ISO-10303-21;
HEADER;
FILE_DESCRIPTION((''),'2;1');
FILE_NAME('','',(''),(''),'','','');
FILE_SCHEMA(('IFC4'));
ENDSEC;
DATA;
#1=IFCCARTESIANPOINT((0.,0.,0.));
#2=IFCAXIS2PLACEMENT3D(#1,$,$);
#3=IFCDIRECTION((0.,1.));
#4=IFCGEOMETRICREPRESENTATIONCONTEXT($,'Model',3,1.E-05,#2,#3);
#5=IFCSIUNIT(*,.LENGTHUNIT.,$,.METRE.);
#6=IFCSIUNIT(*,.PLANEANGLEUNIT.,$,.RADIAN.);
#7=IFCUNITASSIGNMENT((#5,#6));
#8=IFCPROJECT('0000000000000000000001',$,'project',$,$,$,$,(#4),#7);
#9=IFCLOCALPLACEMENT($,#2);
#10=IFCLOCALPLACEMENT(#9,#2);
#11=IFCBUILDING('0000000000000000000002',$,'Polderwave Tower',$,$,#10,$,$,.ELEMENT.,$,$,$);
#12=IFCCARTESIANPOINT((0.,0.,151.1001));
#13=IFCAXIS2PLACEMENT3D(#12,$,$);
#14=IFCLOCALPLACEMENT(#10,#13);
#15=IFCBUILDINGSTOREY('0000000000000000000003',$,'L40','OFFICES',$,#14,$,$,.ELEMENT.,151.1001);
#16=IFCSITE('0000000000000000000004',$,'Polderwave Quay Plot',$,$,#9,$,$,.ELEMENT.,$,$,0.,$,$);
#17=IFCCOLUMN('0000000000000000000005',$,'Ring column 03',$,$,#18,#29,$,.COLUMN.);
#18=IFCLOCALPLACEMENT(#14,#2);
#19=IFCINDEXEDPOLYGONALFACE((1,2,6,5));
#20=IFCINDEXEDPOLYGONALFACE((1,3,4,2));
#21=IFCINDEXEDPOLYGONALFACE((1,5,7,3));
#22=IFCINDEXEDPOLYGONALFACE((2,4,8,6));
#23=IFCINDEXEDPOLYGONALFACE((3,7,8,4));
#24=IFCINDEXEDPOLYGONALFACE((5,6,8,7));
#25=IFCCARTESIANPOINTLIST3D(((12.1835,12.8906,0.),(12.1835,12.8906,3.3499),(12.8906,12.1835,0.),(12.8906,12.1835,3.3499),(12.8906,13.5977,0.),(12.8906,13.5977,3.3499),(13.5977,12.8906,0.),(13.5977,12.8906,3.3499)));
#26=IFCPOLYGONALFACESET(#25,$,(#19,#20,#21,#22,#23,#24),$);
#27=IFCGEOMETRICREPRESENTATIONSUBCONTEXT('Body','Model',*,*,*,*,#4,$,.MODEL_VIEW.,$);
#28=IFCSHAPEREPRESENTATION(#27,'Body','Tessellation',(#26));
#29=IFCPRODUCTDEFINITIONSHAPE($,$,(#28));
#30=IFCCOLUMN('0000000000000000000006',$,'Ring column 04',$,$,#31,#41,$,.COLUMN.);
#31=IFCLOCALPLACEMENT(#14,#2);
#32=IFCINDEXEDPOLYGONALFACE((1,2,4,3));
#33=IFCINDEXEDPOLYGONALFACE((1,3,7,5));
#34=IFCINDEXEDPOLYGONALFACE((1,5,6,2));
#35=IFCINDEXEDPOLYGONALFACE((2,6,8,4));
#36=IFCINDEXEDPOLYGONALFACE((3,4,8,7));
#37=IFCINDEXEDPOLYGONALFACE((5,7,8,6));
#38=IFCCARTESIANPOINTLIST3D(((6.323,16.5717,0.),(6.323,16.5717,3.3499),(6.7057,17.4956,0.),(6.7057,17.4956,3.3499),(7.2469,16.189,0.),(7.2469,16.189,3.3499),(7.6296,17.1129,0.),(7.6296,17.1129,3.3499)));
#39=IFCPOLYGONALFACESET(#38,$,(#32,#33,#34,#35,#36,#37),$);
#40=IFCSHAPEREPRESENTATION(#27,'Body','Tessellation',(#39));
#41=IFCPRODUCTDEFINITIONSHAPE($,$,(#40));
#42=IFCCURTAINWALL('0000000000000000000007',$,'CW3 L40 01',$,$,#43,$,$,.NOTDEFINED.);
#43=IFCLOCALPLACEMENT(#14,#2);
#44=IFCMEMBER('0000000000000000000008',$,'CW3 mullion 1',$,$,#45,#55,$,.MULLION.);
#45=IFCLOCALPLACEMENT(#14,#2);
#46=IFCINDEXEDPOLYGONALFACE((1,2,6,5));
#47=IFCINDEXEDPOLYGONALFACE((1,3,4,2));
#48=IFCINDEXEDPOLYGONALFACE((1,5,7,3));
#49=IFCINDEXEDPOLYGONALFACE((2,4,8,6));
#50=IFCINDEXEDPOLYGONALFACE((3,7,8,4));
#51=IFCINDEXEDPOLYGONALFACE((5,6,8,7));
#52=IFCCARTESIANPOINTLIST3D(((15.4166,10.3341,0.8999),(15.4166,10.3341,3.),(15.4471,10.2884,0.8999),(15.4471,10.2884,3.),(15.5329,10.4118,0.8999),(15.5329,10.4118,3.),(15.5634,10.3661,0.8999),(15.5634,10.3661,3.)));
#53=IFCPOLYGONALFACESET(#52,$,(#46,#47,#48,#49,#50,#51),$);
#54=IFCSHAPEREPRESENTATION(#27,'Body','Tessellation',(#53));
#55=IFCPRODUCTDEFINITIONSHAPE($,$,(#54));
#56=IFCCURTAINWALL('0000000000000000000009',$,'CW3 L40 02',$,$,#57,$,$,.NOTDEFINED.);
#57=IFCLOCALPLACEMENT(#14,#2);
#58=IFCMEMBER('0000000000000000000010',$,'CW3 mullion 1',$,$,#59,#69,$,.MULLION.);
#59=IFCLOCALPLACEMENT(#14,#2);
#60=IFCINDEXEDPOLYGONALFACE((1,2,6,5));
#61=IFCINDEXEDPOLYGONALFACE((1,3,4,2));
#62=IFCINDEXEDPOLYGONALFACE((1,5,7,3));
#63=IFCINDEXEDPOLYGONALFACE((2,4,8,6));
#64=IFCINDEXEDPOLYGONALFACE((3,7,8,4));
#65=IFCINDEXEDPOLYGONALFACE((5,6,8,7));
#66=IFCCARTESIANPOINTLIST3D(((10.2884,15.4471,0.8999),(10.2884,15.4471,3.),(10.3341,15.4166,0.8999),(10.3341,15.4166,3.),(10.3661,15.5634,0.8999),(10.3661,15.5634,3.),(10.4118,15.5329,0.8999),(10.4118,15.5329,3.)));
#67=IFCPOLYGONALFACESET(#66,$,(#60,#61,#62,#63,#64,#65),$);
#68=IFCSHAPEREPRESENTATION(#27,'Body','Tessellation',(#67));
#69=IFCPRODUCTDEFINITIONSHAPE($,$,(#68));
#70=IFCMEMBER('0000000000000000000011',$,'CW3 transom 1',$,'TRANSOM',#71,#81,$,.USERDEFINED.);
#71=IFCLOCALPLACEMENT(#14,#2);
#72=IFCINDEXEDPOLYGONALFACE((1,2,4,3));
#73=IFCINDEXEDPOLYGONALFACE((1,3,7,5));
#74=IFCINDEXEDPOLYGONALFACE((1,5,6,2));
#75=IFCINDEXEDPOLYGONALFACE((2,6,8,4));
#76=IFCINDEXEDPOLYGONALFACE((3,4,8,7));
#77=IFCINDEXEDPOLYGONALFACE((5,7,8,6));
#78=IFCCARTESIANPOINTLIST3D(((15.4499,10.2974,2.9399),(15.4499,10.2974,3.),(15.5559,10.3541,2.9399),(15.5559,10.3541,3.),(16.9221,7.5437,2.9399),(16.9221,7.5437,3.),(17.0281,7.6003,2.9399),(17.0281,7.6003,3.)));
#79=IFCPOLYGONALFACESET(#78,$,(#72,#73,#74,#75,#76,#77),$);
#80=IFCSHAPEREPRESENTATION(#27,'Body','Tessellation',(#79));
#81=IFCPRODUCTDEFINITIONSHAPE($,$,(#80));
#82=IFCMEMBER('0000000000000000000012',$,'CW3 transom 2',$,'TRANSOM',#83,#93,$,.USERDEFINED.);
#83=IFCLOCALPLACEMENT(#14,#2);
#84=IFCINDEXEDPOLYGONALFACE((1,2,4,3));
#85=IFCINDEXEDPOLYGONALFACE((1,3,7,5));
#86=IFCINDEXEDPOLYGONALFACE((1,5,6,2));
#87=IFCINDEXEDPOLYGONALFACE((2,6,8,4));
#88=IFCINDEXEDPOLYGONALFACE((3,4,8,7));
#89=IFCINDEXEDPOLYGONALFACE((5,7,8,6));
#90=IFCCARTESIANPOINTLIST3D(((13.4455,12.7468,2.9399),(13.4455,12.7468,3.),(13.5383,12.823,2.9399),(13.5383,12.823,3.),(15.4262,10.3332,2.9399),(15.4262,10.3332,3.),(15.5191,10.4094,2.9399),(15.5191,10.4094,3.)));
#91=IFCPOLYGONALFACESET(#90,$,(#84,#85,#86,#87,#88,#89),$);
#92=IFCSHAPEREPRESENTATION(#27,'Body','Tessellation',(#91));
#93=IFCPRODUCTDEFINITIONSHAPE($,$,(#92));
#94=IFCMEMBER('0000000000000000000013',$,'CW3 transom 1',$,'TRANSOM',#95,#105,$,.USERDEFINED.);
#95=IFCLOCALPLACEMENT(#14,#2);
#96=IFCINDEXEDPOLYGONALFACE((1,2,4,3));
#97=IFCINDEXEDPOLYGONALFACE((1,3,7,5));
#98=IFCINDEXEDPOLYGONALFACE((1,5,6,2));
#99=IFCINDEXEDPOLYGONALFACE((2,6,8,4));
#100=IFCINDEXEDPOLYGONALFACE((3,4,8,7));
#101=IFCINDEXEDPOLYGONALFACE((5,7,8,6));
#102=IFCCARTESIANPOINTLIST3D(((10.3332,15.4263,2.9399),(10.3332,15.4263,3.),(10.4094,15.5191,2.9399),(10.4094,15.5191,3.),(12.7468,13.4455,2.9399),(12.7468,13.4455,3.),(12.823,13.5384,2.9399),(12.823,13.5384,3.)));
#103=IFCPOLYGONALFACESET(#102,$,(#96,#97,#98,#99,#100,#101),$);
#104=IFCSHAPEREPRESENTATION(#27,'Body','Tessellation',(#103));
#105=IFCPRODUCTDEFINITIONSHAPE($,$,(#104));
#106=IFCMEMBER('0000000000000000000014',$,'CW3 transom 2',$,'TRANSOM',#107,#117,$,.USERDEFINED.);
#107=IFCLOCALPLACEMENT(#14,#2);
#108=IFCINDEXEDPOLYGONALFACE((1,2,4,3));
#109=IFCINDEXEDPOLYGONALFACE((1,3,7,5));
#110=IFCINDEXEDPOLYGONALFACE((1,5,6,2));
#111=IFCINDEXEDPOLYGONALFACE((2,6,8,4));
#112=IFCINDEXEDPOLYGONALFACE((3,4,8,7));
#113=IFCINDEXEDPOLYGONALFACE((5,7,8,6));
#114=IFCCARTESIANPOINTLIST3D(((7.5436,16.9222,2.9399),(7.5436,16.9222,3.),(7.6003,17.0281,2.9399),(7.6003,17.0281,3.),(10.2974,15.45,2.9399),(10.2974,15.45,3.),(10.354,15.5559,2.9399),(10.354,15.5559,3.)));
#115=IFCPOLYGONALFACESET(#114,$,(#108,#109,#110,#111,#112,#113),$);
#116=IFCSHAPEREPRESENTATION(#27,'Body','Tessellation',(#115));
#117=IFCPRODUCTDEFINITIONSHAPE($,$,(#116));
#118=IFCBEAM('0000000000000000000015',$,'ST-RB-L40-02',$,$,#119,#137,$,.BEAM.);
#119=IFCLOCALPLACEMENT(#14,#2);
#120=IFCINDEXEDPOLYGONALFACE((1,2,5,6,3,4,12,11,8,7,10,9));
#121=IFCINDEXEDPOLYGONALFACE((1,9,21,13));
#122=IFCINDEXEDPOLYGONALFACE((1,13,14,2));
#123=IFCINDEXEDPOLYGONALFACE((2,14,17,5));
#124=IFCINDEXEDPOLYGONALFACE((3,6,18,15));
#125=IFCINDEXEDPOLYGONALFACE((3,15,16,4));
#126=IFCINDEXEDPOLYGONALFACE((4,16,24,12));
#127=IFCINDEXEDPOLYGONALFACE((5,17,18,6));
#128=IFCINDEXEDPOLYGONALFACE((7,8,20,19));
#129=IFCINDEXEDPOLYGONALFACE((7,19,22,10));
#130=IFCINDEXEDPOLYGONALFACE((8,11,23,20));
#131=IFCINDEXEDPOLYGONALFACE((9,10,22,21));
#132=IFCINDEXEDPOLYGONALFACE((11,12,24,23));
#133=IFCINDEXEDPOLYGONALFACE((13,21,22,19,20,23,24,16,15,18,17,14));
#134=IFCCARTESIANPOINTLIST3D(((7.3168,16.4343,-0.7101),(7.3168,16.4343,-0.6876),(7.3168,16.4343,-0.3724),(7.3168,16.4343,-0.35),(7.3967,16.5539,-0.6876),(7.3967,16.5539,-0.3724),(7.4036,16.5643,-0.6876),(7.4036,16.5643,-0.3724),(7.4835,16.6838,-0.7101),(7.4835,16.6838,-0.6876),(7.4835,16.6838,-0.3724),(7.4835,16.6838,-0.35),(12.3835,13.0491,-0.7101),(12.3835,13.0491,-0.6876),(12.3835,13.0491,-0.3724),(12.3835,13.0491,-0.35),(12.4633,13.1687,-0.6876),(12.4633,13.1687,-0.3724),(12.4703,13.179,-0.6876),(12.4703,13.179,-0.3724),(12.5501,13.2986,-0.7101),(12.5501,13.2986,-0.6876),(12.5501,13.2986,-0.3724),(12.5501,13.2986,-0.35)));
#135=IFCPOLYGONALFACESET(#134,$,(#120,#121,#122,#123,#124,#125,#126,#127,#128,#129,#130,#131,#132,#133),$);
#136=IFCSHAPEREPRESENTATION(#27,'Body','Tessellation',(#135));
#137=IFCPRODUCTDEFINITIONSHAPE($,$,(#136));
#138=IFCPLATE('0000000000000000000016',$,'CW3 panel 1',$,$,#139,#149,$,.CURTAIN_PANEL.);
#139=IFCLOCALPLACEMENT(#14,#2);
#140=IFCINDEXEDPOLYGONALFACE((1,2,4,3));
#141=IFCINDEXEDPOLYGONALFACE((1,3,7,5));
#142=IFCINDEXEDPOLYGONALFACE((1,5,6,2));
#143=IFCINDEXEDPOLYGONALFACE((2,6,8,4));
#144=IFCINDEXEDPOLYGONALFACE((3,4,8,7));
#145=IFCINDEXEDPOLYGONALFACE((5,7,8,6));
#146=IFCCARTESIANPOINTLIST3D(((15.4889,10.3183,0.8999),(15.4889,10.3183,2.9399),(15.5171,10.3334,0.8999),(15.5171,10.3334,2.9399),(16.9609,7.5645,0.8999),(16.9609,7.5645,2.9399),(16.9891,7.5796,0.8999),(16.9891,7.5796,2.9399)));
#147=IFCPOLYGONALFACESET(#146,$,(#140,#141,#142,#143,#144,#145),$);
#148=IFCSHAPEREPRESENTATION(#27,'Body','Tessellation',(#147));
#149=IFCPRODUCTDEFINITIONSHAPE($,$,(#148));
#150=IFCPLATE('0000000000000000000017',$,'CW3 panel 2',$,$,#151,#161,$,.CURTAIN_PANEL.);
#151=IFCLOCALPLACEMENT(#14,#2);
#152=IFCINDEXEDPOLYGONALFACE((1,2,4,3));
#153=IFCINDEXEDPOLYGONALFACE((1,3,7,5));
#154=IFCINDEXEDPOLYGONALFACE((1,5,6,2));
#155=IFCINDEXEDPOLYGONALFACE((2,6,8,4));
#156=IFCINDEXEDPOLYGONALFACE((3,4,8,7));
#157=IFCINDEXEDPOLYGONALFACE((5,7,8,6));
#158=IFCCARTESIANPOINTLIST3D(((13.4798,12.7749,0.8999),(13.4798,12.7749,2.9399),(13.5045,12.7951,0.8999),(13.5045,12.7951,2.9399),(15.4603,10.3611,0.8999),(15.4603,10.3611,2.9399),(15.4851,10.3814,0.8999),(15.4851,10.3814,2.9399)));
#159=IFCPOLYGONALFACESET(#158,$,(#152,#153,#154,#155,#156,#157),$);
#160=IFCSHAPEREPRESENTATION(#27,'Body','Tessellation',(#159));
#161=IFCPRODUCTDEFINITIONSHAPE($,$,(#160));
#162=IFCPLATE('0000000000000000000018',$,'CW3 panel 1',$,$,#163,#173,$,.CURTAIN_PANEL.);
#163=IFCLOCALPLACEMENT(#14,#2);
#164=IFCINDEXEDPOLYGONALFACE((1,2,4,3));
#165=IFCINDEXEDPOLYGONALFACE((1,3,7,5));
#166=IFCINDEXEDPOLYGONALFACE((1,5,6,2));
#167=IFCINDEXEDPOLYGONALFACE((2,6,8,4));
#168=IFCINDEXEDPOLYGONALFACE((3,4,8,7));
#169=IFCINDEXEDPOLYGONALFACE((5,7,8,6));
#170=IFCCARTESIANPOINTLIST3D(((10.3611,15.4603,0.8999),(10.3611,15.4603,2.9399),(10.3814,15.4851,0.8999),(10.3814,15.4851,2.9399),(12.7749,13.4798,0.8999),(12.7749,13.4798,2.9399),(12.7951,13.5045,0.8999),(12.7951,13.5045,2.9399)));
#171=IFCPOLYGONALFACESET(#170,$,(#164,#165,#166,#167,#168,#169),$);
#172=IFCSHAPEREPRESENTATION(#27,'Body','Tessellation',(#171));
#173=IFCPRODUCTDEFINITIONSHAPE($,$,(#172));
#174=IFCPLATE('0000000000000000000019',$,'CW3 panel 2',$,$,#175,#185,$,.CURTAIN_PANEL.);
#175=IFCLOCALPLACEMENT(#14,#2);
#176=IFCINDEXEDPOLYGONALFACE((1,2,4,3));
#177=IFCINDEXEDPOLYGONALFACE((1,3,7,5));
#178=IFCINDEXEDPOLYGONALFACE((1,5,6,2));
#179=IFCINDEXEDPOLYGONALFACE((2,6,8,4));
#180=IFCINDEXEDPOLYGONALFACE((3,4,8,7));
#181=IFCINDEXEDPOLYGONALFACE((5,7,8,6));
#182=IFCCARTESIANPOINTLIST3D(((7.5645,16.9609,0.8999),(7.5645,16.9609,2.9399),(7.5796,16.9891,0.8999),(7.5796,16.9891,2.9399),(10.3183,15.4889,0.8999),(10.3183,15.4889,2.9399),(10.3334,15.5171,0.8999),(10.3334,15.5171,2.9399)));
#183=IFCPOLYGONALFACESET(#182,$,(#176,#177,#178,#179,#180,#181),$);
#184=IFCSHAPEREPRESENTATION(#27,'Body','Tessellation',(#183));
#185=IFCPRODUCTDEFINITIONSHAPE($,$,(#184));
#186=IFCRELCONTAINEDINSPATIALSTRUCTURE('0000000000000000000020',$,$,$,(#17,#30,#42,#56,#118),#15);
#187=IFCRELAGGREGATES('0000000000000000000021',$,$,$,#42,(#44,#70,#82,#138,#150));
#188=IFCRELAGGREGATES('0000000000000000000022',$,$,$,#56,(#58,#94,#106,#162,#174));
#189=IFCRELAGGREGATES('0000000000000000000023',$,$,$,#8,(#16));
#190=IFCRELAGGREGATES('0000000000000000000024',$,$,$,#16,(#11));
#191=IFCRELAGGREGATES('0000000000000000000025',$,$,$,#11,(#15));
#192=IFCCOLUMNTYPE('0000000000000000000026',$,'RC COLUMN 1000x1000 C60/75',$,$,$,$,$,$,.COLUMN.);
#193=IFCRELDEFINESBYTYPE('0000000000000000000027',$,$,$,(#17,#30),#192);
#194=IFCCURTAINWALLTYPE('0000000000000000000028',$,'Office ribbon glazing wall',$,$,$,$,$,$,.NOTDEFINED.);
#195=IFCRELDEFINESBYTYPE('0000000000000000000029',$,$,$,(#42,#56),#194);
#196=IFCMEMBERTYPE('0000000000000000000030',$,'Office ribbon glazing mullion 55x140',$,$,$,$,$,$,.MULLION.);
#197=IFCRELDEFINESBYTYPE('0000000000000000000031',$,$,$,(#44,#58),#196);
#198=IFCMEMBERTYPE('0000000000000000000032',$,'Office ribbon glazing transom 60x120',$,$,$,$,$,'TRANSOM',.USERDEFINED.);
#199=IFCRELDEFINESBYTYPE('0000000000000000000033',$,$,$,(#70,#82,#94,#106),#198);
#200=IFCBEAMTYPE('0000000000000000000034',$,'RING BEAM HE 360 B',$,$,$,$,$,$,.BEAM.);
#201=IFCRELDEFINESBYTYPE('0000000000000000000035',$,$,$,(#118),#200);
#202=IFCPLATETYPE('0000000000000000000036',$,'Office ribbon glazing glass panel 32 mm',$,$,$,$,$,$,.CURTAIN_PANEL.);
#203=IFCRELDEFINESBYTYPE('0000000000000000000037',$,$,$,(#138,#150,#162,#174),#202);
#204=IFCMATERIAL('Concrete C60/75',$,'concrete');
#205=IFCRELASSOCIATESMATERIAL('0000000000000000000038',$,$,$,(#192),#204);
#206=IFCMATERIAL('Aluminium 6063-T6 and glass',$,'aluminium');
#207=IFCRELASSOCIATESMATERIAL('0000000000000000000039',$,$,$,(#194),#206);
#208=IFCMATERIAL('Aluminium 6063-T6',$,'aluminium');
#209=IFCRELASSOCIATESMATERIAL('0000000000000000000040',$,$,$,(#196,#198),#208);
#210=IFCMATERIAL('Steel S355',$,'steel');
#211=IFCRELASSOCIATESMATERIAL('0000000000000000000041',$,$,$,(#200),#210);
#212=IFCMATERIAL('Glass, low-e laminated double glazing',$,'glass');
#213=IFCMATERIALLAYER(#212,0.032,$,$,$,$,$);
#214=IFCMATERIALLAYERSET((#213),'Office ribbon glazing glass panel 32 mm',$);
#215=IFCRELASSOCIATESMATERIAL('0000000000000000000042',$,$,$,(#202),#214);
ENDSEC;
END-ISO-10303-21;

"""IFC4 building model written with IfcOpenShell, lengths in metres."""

from ifc_helpers import new_model, si_unit, direction, frame, origin, origin_2d, place, context, subcontext, project, spatial, rectangle, i_section, extrude, material, layer, layer_set, material_profile, profile_set, type_object, element, aggregate, save


model = new_model("IFC4")

# Units and contexts
model_context = context("Model", 3, precision=1e-05, world=origin(), true_north=direction((0.0, 1.0)))
body_context = subcontext(model_context, "Body", "Model", "MODEL_VIEW")
ifc_project = project(units=[si_unit("LENGTHUNIT", "METRE"), si_unit("PLANEANGLEUNIT", "RADIAN")], contexts=[model_context])

# Site, building, storey
site_placement = place(None, origin())
site = spatial("IfcSite", under=ifc_project, at=site_placement, Name="Polderwave Quay Plot", CompositionType="ELEMENT", RefElevation=0.0)
building_placement = place(site_placement, origin())
building = spatial("IfcBuilding", under=site, at=building_placement, Name="Polderwave Tower", CompositionType="ELEMENT")
storey_placement = place(building_placement, frame((0.0, 0.0, 151.1001)))
storey = spatial("IfcBuildingStorey", under=building, at=storey_placement, Name="L40", Description="OFFICES", CompositionType="ELEMENT", Elevation=151.1001)

# Columns
ifc_material_1 = material(Name="Concrete C60/75", Category="concrete")
ifc_material_profile_1 = material_profile(ifc_material_1, rectangle(XDim=1.0, YDim=1.0, at=origin_2d()), Name="RC 1000x1000")
ifc_profile_set_1 = profile_set([ifc_material_profile_1], Name="Concrete C60/75")
column_type = type_object("IfcColumnType", Name="RC COLUMN 1000x1000 C60/75", PredefinedType="COLUMN", material=ifc_profile_set_1)
for number, where, z_axis, x_axis, name in (
    (1, (12.8906, 12.8906, 0.0), (0.0, 0.0, 1.0), (0.707107, 0.707107, 0.0), "Ring column 03"),
    (2, (6.9763, 16.8423, 0.0), (0.0, 0.0, 1.0), (0.382683, 0.92388, 0.0), "Ring column 04"),
):
    element("IfcColumn", number, at=place(storey_placement, frame(where, z_axis=z_axis, x_axis=x_axis)), inside=storey, type_object=column_type, Name=name, PredefinedType="COLUMN", context=body_context, shape_type="SweptSolid", body=[
        extrude(rectangle(XDim=1.0, YDim=1.0, at=origin_2d()), origin(), (0.0, 0.0, 1.0), 3.3499),
    ])

# Curtain walls, members
ifc_material_2 = material(Name="Aluminium 6063-T6 and glass", Category="aluminium")
curtain_wall_type = type_object("IfcCurtainWallType", Name="Office ribbon glazing wall", PredefinedType="NOTDEFINED", material=ifc_material_2)
curtain_wall_1_placement = place(storey_placement, origin())
curtain_wall_1 = element("IfcCurtainWall", 3, at=curtain_wall_1_placement, inside=storey, type_object=curtain_wall_type, Name="CW3 L40 01", PredefinedType="NOTDEFINED")
ifc_material_3 = material(Name="Aluminium 6063-T6", Category="aluminium")
ifc_material_profile_2 = material_profile(ifc_material_3, rectangle(XDim=0.1399, YDim=0.0549, at=origin_2d()), Name="AL 55x140")
ifc_profile_set_2 = profile_set([ifc_material_profile_2], Name="Aluminium 6063-T6")
member_type_1 = type_object("IfcMemberType", Name="Office ribbon glazing mullion 55x140", PredefinedType="MULLION", material=ifc_profile_set_2)
member_1_placement = place(storey_placement, frame((15.49, 10.3501, 0.8999), z_axis=(0.0, 0.0, 1.0), x_axis=(-0.831484, -0.555548, 0.0)))
member_1 = element("IfcMember", 4, at=member_1_placement, type_object=member_type_1, Name="CW3 mullion 1", PredefinedType="MULLION", context=body_context, shape_type="SweptSolid", body=[
    extrude(rectangle(XDim=0.1399, YDim=0.0549, at=origin_2d()), origin(), (0.0, 0.0, 1.0), 2.1001),
])
curtain_wall_2_placement = place(storey_placement, origin())
curtain_wall_2 = element("IfcCurtainWall", 5, at=curtain_wall_2_placement, inside=storey, type_object=curtain_wall_type, Name="CW3 L40 02", PredefinedType="NOTDEFINED")
member_2_placement = place(storey_placement, frame((10.3501, 15.49, 0.8999), z_axis=(0.0, 0.0, 1.0), x_axis=(-0.555548, -0.831484, 0.0)))
member_2 = element("IfcMember", 6, at=member_2_placement, type_object=member_type_1, Name="CW3 mullion 1", PredefinedType="MULLION", context=body_context, shape_type="SweptSolid", body=[
    extrude(rectangle(XDim=0.1399, YDim=0.0549, at=origin_2d()), origin(), (0.0, 0.0, 1.0), 2.1001),
])

# Members
ifc_material_profile_3 = material_profile(ifc_material_3, rectangle(XDim=0.1201, YDim=0.0601, at=origin_2d()), Name="AL 60x120")
ifc_profile_set_3 = profile_set([ifc_material_profile_3], Name="Aluminium 6063-T6")
member_type_2 = type_object("IfcMemberType", Name="Office ribbon glazing transom 60x120", ElementType="TRANSOM", PredefinedType="USERDEFINED", material=ifc_profile_set_3)
member_3_placement = place(storey_placement, frame((16.9751, 7.572, 2.97), z_axis=(-0.471473, 0.881881, 0.0), x_axis=(-0.881881, -0.471473, 0.0)))
member_3 = element("IfcMember", 7, at=member_3_placement, type_object=member_type_2, Name="CW3 transom 1", ObjectType="TRANSOM", PredefinedType="USERDEFINED", context=body_context, shape_type="SweptSolid", body=[
    extrude(rectangle(XDim=0.1201, YDim=0.0601, at=origin_2d()), origin(), (0.0, 0.0, 1.0), 3.1226),
])
member_4_placement = place(storey_placement, frame((15.4727, 10.3713, 2.97), z_axis=(-0.634383, 0.773019, 0.0), x_axis=(-0.773019, -0.634383, 0.0)))
member_4 = element("IfcMember", 8, at=member_4_placement, type_object=member_type_2, Name="CW3 transom 2", ObjectType="TRANSOM", PredefinedType="USERDEFINED", context=body_context, shape_type="SweptSolid", body=[
    extrude(rectangle(XDim=0.1201, YDim=0.0601, at=origin_2d()), origin(), (0.0, 0.0, 1.0), 3.1223),
])
member_5_placement = place(storey_placement, frame((12.7849, 13.4919, 2.97), z_axis=(-0.773019, 0.634383, 0.0), x_axis=(-0.634383, -0.773019, 0.0)))
member_5 = element("IfcMember", 9, at=member_5_placement, type_object=member_type_2, Name="CW3 transom 1", ObjectType="TRANSOM", PredefinedType="USERDEFINED", context=body_context, shape_type="SweptSolid", body=[
    extrude(rectangle(XDim=0.1201, YDim=0.0601, at=origin_2d()), origin(), (0.0, 0.0, 1.0), 3.1223),
])
member_6_placement = place(storey_placement, frame((10.3257, 15.5029, 2.97), z_axis=(-0.881881, 0.471473, 0.0), x_axis=(-0.471473, -0.881881, 0.0)))
member_6 = element("IfcMember", 10, at=member_6_placement, type_object=member_type_2, Name="CW3 transom 2", ObjectType="TRANSOM", PredefinedType="USERDEFINED", context=body_context, shape_type="SweptSolid", body=[
    extrude(rectangle(XDim=0.1201, YDim=0.0601, at=origin_2d()), origin(), (0.0, 0.0, 1.0), 3.1226),
])

# Beam
ifc_material_4 = material(Name="Steel S355", Category="steel")
ifc_material_profile_4 = material_profile(ifc_material_4, i_section(OverallWidth=0.3, OverallDepth=0.3601, WebThickness=0.0125, FlangeThickness=0.0225, at=origin_2d()), Name="HE 360 B")
ifc_profile_set_4 = profile_set([ifc_material_profile_4], Name="Steel S355")
beam_type = type_object("IfcBeamType", Name="RING BEAM HE 360 B", PredefinedType="BEAM", material=ifc_profile_set_4)
beam_placement = place(storey_placement, frame((12.4668, 13.1738, -0.53), z_axis=(-0.831483, 0.555551, 0.0), x_axis=(-0.555551, -0.831483, 0.0)))
element("IfcBeam", 11, at=beam_placement, inside=storey, type_object=beam_type, Name="ST-RB-L40-02", PredefinedType="BEAM", context=body_context, shape_type="SweptSolid", body=[
    extrude(i_section(OverallWidth=0.3, OverallDepth=0.3601, WebThickness=0.0125, FlangeThickness=0.0225, at=origin_2d()), origin(), (0.0, 0.0, 1.0), 6.0935),
])

# Plates
ifc_material_5 = material(Name="Glass, low-e laminated double glazing", Category="glass")
ifc_layer_1 = layer(ifc_material_5, 0.032)
ifc_layer_set_1 = layer_set([ifc_layer_1], Name="Office ribbon glazing glass panel 32 mm")
plate_type = type_object("IfcPlateType", Name="Office ribbon glazing glass panel 32 mm", PredefinedType="CURTAIN_PANEL", material=ifc_layer_set_1)
plate_1_placement = place(storey_placement, frame((16.239, 8.949, 0.8999), z_axis=(0.0, 0.0, 1.0), x_axis=(-0.471429, 0.881904, 0.0)))
plate_1 = element("IfcPlate", 12, at=plate_1_placement, type_object=plate_type, Name="CW3 panel 1", PredefinedType="CURTAIN_PANEL", context=body_context, shape_type="SweptSolid", body=[
    extrude(rectangle(XDim=3.1226, YDim=0.032, at=origin_2d()), origin(), (0.0, 0.0, 1.0), 2.04),
])
plate_2_placement = place(storey_placement, frame((14.4824, 11.5781, 0.8999), z_axis=(0.0, 0.0, 1.0), x_axis=(-0.634326, 0.773066, 0.0)))
plate_2 = element("IfcPlate", 13, at=plate_2_placement, type_object=plate_type, Name="CW3 panel 2", PredefinedType="CURTAIN_PANEL", context=body_context, shape_type="SweptSolid", body=[
    extrude(rectangle(XDim=3.1223, YDim=0.032, at=origin_2d()), origin(), (0.0, 0.0, 1.0), 2.04),
])
aggregate(curtain_wall_1, [member_1, member_3, member_4, plate_1, plate_2])
plate_3_placement = place(storey_placement, frame((11.5781, 14.4824, 0.8999), z_axis=(0.0, 0.0, 1.0), x_axis=(-0.773066, 0.634326, 0.0)))
plate_3 = element("IfcPlate", 14, at=plate_3_placement, type_object=plate_type, Name="CW3 panel 1", PredefinedType="CURTAIN_PANEL", context=body_context, shape_type="SweptSolid", body=[
    extrude(rectangle(XDim=3.1223, YDim=0.032, at=origin_2d()), origin(), (0.0, 0.0, 1.0), 2.04),
])
plate_4_placement = place(storey_placement, frame((8.949, 16.239, 0.8999), z_axis=(0.0, 0.0, 1.0), x_axis=(-0.881904, 0.471429, 0.0)))
plate_4 = element("IfcPlate", 15, at=plate_4_placement, type_object=plate_type, Name="CW3 panel 2", PredefinedType="CURTAIN_PANEL", context=body_context, shape_type="SweptSolid", body=[
    extrude(rectangle(XDim=3.1226, YDim=0.032, at=origin_2d()), origin(), (0.0, 0.0, 1.0), 2.04),
])
aggregate(curtain_wall_2, [member_2, member_5, member_6, plate_3, plate_4])

save(model, "model.ifc")
